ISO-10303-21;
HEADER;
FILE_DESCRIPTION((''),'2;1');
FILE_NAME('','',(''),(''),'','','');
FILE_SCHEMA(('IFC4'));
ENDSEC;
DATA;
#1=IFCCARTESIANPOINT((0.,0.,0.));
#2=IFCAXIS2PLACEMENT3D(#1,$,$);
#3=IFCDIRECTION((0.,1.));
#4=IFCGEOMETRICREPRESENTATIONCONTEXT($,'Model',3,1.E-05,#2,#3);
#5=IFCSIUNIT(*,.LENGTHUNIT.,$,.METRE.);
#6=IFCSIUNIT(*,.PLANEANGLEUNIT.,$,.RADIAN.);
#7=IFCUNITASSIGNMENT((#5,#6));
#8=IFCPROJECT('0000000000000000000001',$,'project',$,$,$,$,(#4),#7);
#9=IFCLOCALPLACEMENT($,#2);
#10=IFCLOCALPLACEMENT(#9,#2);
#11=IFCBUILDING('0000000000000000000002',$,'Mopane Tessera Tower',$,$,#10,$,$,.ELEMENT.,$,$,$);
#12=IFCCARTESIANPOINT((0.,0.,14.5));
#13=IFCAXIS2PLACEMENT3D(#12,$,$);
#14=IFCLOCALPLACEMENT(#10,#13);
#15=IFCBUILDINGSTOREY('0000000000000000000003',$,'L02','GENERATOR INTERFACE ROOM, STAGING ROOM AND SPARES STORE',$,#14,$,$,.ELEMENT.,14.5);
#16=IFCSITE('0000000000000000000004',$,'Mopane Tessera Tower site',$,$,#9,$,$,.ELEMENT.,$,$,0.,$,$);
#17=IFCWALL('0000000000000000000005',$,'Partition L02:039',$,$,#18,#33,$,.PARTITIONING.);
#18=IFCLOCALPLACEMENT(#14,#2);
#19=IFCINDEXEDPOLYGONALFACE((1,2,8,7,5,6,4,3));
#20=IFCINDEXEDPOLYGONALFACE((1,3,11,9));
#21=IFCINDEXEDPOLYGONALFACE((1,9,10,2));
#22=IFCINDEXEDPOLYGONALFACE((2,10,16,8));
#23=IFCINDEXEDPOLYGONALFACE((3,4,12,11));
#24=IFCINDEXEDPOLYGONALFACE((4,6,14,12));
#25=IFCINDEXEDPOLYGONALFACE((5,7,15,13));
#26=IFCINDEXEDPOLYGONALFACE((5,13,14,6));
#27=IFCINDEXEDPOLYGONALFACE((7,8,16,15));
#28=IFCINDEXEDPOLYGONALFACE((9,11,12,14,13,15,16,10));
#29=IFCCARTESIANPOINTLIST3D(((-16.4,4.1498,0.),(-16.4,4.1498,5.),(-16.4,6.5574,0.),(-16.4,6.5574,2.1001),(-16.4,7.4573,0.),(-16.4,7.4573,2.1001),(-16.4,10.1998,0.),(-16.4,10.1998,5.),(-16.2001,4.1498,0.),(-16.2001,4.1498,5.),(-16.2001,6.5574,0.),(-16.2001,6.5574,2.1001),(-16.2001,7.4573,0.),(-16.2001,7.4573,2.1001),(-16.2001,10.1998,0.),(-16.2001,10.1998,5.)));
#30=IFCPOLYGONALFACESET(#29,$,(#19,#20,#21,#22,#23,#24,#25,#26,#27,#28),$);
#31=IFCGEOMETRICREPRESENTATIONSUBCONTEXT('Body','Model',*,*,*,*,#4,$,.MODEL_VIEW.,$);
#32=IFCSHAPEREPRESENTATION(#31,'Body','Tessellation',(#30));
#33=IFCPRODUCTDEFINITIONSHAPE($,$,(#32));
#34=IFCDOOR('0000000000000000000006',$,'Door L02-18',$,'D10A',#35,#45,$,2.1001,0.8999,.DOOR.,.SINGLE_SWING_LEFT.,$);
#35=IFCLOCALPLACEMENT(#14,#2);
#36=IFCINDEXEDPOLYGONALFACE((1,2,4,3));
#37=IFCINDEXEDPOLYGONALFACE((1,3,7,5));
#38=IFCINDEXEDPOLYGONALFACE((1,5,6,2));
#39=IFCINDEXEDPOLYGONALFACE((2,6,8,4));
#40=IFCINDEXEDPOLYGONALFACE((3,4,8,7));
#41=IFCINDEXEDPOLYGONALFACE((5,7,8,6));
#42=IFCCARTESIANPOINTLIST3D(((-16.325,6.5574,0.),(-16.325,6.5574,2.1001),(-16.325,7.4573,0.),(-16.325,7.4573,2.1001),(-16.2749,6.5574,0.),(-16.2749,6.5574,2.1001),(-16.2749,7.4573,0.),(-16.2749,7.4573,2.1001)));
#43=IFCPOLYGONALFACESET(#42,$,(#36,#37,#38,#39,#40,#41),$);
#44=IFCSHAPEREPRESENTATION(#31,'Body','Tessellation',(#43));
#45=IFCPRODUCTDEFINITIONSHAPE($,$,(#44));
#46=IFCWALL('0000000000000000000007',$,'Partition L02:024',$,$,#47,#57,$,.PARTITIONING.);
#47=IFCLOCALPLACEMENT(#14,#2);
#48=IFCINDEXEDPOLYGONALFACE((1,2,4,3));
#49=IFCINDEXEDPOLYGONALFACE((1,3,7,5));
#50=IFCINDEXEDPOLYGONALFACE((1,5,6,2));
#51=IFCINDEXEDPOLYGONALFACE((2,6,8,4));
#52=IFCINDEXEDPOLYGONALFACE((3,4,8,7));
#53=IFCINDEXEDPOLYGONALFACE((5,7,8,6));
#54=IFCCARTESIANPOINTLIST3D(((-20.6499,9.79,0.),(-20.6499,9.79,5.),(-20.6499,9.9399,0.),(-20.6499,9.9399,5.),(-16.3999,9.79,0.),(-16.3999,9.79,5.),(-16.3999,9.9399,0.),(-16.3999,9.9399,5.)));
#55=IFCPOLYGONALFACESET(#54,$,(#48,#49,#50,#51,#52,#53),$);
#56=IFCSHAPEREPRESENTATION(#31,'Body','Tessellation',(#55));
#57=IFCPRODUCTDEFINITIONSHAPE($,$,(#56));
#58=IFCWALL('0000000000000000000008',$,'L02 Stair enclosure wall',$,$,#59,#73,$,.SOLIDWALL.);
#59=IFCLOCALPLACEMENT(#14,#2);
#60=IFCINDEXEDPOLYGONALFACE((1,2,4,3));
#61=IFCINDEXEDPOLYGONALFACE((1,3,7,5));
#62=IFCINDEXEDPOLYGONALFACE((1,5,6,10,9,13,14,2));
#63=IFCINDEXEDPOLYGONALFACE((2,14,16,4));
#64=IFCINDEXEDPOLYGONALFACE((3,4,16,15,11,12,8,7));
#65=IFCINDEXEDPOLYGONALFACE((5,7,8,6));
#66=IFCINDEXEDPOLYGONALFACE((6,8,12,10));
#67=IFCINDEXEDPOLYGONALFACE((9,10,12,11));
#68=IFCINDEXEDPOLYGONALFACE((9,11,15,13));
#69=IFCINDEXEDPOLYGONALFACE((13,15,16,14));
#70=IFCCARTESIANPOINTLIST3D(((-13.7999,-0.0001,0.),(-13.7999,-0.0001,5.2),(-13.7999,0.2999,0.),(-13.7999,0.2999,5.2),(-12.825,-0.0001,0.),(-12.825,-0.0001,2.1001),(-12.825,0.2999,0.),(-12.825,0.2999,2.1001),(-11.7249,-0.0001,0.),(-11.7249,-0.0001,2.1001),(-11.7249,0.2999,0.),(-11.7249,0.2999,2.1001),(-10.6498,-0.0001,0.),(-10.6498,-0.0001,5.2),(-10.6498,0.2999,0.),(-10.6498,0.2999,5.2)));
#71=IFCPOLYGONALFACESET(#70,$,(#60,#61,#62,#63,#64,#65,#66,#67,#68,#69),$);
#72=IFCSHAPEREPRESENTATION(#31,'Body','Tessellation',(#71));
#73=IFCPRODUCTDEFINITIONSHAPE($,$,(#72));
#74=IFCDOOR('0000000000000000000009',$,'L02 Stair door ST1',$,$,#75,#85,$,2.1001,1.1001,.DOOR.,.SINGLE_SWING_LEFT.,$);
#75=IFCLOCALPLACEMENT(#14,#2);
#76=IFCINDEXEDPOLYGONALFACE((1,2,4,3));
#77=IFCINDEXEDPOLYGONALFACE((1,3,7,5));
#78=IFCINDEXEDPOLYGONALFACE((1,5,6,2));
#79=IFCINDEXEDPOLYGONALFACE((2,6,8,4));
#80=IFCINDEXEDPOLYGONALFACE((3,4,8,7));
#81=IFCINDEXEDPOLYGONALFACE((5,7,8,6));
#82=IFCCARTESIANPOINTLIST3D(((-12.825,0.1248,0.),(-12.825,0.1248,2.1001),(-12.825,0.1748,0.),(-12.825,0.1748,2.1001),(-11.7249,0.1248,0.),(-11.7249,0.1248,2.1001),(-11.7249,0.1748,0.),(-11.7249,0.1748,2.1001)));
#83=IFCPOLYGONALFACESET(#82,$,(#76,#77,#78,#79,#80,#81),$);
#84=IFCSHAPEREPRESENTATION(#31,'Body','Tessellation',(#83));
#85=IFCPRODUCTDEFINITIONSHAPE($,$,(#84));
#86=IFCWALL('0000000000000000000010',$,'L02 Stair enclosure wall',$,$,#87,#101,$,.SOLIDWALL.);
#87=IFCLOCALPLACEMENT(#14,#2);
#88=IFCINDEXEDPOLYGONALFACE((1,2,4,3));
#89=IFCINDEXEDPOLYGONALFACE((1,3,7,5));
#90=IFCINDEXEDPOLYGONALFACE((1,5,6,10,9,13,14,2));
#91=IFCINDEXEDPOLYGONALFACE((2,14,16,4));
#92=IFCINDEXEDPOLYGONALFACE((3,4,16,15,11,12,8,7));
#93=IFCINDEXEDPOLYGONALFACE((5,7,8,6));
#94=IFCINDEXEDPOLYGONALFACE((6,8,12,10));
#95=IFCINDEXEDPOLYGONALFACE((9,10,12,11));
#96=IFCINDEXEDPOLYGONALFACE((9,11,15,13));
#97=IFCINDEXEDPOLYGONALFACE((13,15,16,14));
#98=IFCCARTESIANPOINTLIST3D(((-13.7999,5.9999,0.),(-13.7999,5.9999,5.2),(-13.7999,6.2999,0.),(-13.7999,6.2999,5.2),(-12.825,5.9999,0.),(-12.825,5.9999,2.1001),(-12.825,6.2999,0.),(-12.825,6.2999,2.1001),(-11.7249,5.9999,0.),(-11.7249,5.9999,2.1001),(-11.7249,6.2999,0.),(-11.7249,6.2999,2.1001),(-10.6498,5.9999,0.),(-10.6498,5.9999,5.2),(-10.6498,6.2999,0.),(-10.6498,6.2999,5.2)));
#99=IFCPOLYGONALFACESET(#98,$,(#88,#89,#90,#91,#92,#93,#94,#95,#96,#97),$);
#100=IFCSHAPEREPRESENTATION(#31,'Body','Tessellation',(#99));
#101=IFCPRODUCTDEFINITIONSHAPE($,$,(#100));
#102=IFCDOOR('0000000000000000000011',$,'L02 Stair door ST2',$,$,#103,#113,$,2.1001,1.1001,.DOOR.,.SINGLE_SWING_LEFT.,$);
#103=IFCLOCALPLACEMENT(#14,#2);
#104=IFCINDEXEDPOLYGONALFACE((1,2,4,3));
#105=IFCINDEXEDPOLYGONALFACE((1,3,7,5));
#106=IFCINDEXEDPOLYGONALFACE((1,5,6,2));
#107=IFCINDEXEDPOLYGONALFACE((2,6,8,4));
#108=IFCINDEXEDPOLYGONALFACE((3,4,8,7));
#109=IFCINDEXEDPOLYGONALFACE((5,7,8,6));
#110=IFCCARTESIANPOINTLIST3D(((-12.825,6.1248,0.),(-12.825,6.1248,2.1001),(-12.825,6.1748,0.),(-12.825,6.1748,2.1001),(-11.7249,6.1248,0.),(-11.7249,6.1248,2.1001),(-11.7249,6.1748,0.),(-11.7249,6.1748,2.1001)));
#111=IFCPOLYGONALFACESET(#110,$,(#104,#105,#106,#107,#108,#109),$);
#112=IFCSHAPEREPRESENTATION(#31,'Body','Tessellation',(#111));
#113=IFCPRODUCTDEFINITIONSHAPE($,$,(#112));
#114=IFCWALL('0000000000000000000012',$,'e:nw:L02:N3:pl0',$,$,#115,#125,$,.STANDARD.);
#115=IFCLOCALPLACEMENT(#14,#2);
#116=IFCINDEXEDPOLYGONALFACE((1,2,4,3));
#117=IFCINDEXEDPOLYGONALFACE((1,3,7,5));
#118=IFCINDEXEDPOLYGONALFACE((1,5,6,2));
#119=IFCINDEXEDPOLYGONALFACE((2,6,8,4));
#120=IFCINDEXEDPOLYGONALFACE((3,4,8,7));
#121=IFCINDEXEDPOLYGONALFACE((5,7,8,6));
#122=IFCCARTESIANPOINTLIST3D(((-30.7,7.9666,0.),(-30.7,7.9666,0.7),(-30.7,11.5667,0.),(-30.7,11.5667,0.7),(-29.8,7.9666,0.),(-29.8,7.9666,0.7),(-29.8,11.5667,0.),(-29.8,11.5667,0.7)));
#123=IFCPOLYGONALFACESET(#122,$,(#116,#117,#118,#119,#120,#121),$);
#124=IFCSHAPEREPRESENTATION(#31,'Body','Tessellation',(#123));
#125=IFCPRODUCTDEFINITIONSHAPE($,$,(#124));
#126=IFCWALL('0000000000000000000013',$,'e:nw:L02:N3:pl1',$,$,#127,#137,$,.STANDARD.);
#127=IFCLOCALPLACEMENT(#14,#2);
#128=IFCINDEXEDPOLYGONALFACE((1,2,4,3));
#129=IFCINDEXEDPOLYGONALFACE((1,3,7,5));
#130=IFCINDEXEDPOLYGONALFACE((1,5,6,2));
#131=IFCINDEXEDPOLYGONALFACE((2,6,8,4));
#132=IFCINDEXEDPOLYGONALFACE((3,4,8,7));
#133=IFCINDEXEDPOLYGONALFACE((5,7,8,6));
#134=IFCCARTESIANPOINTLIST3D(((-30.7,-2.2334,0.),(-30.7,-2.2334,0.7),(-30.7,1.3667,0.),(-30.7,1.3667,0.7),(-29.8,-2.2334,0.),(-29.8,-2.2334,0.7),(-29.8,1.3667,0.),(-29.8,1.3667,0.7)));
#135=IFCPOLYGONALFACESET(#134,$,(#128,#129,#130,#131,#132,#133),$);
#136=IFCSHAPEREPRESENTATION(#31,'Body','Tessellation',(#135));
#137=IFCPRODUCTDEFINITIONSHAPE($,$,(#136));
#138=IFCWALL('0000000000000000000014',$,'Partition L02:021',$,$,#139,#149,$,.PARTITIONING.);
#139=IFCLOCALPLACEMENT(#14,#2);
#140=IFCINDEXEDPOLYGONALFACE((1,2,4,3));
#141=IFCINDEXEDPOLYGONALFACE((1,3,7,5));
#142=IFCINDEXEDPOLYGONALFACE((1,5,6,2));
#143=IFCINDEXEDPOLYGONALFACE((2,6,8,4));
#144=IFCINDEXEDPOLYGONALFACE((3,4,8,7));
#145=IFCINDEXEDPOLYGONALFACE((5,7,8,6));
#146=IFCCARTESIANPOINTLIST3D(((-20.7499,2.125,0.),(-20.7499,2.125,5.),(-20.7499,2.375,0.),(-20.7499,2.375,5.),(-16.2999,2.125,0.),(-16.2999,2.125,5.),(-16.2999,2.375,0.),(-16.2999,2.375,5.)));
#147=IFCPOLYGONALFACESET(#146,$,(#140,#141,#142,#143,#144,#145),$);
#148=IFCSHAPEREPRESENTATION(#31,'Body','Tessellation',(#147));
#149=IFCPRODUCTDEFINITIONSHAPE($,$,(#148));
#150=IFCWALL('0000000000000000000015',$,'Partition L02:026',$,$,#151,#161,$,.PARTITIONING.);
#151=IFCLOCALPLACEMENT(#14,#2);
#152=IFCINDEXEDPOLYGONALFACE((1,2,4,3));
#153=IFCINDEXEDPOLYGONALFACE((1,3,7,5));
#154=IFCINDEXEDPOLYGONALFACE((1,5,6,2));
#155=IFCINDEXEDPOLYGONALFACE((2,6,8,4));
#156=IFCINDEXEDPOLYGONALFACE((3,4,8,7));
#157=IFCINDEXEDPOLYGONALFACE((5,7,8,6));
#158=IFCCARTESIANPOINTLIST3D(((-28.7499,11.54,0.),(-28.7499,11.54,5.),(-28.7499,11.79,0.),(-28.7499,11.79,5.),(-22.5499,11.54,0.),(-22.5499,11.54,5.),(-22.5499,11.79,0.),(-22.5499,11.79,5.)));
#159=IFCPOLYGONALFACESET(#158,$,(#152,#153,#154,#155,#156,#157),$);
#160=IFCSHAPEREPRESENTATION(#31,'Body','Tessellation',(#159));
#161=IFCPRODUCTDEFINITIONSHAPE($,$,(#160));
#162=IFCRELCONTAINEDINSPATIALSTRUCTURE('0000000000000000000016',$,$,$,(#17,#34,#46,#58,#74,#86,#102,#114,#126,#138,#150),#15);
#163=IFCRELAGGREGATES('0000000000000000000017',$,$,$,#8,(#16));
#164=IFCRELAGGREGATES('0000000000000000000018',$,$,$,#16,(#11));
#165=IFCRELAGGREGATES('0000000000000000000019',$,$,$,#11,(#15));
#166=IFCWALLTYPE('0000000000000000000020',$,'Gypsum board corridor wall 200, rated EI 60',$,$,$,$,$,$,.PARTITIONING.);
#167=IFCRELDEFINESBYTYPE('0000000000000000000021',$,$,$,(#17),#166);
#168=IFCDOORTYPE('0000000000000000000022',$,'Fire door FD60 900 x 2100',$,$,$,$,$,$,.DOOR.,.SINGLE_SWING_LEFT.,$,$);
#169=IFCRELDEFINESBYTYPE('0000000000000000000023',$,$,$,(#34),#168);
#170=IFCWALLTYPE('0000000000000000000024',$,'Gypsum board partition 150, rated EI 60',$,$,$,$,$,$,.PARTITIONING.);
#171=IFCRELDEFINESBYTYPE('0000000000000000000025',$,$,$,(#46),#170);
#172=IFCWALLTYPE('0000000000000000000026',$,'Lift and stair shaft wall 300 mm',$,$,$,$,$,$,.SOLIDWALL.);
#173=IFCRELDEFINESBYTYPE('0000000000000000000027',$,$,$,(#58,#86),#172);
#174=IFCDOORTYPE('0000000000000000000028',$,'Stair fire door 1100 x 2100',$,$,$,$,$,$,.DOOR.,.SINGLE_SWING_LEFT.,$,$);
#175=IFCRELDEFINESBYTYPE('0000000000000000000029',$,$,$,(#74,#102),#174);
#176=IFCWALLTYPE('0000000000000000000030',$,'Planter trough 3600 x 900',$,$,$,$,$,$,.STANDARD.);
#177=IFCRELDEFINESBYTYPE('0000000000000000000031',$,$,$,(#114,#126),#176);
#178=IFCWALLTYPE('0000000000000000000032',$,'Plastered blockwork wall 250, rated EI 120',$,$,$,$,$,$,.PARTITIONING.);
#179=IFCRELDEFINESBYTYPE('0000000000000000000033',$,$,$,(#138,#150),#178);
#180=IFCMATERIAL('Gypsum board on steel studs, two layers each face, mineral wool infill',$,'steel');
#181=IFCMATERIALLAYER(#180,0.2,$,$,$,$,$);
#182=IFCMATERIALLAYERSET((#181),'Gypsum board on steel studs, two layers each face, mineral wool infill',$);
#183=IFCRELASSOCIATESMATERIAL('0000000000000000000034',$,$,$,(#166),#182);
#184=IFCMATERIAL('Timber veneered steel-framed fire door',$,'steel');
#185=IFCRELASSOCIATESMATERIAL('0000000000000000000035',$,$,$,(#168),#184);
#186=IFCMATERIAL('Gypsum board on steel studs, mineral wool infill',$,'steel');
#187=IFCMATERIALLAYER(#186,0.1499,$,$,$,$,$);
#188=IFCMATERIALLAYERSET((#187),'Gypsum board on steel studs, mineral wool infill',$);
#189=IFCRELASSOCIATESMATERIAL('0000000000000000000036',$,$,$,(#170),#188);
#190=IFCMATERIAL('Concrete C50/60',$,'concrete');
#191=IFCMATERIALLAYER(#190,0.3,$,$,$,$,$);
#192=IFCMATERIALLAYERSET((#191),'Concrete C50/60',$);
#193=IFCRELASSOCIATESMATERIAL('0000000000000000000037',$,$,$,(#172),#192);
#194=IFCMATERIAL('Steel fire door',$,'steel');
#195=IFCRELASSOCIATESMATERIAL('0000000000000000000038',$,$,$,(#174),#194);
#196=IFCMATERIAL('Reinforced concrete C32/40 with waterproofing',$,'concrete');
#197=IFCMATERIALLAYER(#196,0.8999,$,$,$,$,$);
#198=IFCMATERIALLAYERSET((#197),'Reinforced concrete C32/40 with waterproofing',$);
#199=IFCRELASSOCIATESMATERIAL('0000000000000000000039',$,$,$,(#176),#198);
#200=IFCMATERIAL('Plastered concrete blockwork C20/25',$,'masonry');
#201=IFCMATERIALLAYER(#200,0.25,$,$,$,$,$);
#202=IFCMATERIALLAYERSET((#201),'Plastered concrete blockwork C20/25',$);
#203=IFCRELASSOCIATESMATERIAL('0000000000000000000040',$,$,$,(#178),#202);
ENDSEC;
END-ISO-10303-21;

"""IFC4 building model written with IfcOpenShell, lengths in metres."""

from ifc_helpers import new_model, si_unit, direction, frame, frame_2d, origin, place, context, subcontext, project, spatial, rectangle, extrude, material, layer, layer_set, type_object, element, fill, save


model = new_model("IFC4")

# Units and contexts
model_context = context("Model", 3, precision=1e-05, world=origin(), true_north=direction((0.0, 1.0)))
body_context = subcontext(model_context, "Body", "Model", "MODEL_VIEW")
ifc_project = project(units=[si_unit("LENGTHUNIT", "METRE"), si_unit("PLANEANGLEUNIT", "RADIAN")], contexts=[model_context])

# Site, building, storey
site_placement = place(None, origin())
site = spatial("IfcSite", under=ifc_project, at=site_placement, Name="Mopane Tessera Tower site", CompositionType="ELEMENT", RefElevation=0.0)
building_placement = place(site_placement, origin())
building = spatial("IfcBuilding", under=site, at=building_placement, Name="Mopane Tessera Tower", CompositionType="ELEMENT")
storey_placement = place(building_placement, frame((0.0, 0.0, 14.5)))
storey = spatial("IfcBuildingStorey", under=building, at=storey_placement, Name="L02", Description="GENERATOR INTERFACE ROOM, STAGING ROOM AND SPARES STORE", CompositionType="ELEMENT", Elevation=14.5)

# Shared definitions
ifc_material_1 = material(Name="Gypsum board on steel studs, two layers each face, mineral wool infill", Category="steel")
ifc_layer_1 = layer(ifc_material_1, 0.2)
ifc_layer_set_1 = layer_set([ifc_layer_1], Name="Gypsum board on steel studs, two layers each face, mineral wool infill")
wall_type_1 = type_object("IfcWallType", Name="Gypsum board corridor wall 200, rated EI 60", PredefinedType="PARTITIONING", material=ifc_layer_set_1)

# Wall, opening, door
wall_1_placement = place(storey_placement, frame((-16.3, 4.1499, 0.0), z_axis=(0.0, 0.0, 1.0), x_axis=(0.0, 1.0, 0.0)))
wall_1 = element("IfcWall", 1, at=wall_1_placement, inside=storey, type_object=wall_type_1, Name="Partition L02:039", PredefinedType="PARTITIONING", context=body_context, shape_type="SweptSolid", body=[
    extrude(rectangle(XDim=6.05, YDim=0.2, at=frame_2d((3.0249, 0.0))), origin(), (0.0, 0.0, 1.0), 5.0),
])
opening_1_placement = place(wall_1_placement, frame((2.4075, 0.0, 0.0)))
opening_1 = element("IfcOpeningElement", 2, at=opening_1_placement, cuts=wall_1, PredefinedType="OPENING", context=body_context, shape_type="SweptSolid", body=[
    extrude(rectangle(XDim=0.8999, YDim=2.1001, at=frame_2d((0.45, 1.05))), frame((0.0, 0.1121, 0.0), z_axis=(0.0, -1.0, 0.0), x_axis=(1.0, 0.0, 0.0)), (0.0, 0.0, 1.0), 0.2239),
])
ifc_material_2 = material(Name="Timber veneered steel-framed fire door", Category="steel")
door_type_1 = type_object("IfcDoorType", Name="Fire door FD60 900 x 2100", OperationType="SINGLE_SWING_LEFT", PredefinedType="DOOR", material=ifc_material_2)
door_1_placement = place(opening_1_placement, origin())
door_1 = element("IfcDoor", 3, at=door_1_placement, inside=storey, type_object=door_type_1, Name="Door L02-18", ObjectType="D10A", OperationType="SINGLE_SWING_LEFT", OverallHeight=2.1001, OverallWidth=0.8999, PredefinedType="DOOR", context=body_context, shape_type="SweptSolid", body=[
    extrude(rectangle(XDim=0.8999, YDim=2.1001, at=frame_2d((0.45, 1.05))), frame((0.0, 0.0249, 0.0), z_axis=(0.0, -1.0, 0.0), x_axis=(1.0, 0.0, 0.0)), (0.0, 0.0, 1.0), 0.05),
])
fill(opening_1, door_1)

# Wall
ifc_material_3 = material(Name="Gypsum board on steel studs, mineral wool infill", Category="steel")
ifc_layer_2 = layer(ifc_material_3, 0.1499)
ifc_layer_set_2 = layer_set([ifc_layer_2], Name="Gypsum board on steel studs, mineral wool infill")
wall_type_2 = type_object("IfcWallType", Name="Gypsum board partition 150, rated EI 60", PredefinedType="PARTITIONING", material=ifc_layer_set_2)
wall_2_placement = place(storey_placement, frame((-20.6499, 9.865, 0.0), z_axis=(0.0, 0.0, 1.0), x_axis=(1.0, 0.0, 0.0)))
element("IfcWall", 4, at=wall_2_placement, inside=storey, type_object=wall_type_2, Name="Partition L02:024", PredefinedType="PARTITIONING", context=body_context, shape_type="SweptSolid", body=[
    extrude(rectangle(XDim=4.25, YDim=0.1499, at=frame_2d((2.125, 0.0))), origin(), (0.0, 0.0, 1.0), 5.0),
])

# Walls, openings, doors
ifc_material_4 = material(Name="Concrete C50/60", Category="concrete")
ifc_layer_3 = layer(ifc_material_4, 0.3)
ifc_layer_set_3 = layer_set([ifc_layer_3], Name="Concrete C50/60")
wall_type_3 = type_object("IfcWallType", Name="Lift and stair shaft wall 300 mm", PredefinedType="SOLIDWALL", material=ifc_layer_set_3)
wall_3_placement = place(storey_placement, frame((-13.8, 0.1499, 0.0), z_axis=(0.0, 0.0, 1.0), x_axis=(1.0, 0.0, 0.0)))
wall_3 = element("IfcWall", 5, at=wall_3_placement, inside=storey, type_object=wall_type_3, Name="L02 Stair enclosure wall", PredefinedType="SOLIDWALL", context=body_context, shape_type="SweptSolid", body=[
    extrude(rectangle(XDim=3.1501, YDim=0.3, at=frame_2d((1.5752, 0.0))), origin(), (0.0, 0.0, 1.0), 5.2),
])
opening_2_placement = place(wall_3_placement, frame((0.9751, 0.0, 0.0)))
opening_2 = element("IfcOpeningElement", 6, at=opening_2_placement, cuts=wall_3, PredefinedType="OPENING", context=body_context, shape_type="SweptSolid", body=[
    extrude(rectangle(XDim=1.1001, YDim=2.1001, at=frame_2d((0.55, 1.05))), frame((0.0, 0.1621, 0.0), z_axis=(0.0, -1.0, 0.0), x_axis=(1.0, 0.0, 0.0)), (0.0, 0.0, 1.0), 0.324),
])
ifc_material_5 = material(Name="Steel fire door", Category="steel")
door_type_2 = type_object("IfcDoorType", Name="Stair fire door 1100 x 2100", OperationType="SINGLE_SWING_LEFT", PredefinedType="DOOR", material=ifc_material_5)
door_2_placement = place(opening_2_placement, origin())
door_2 = element("IfcDoor", 7, at=door_2_placement, inside=storey, type_object=door_type_2, Name="L02 Stair door ST1", OperationType="SINGLE_SWING_LEFT", OverallHeight=2.1001, OverallWidth=1.1001, PredefinedType="DOOR", context=body_context, shape_type="SweptSolid", body=[
    extrude(rectangle(XDim=1.1001, YDim=2.1001, at=frame_2d((0.55, 1.05))), frame((0.0, 0.0249, 0.0), z_axis=(0.0, -1.0, 0.0), x_axis=(1.0, 0.0, 0.0)), (0.0, 0.0, 1.0), 0.05),
])
fill(opening_2, door_2)
wall_4_placement = place(storey_placement, frame((-13.8, 6.1499, 0.0), z_axis=(0.0, 0.0, 1.0), x_axis=(1.0, 0.0, 0.0)))
wall_4 = element("IfcWall", 8, at=wall_4_placement, inside=storey, type_object=wall_type_3, Name="L02 Stair enclosure wall", PredefinedType="SOLIDWALL", context=body_context, shape_type="SweptSolid", body=[
    extrude(rectangle(XDim=3.1501, YDim=0.3, at=frame_2d((1.5752, 0.0))), origin(), (0.0, 0.0, 1.0), 5.2),
])
opening_3_placement = place(wall_4_placement, frame((0.9751, 0.0, 0.0)))
opening_3 = element("IfcOpeningElement", 9, at=opening_3_placement, cuts=wall_4, PredefinedType="OPENING", context=body_context, shape_type="SweptSolid", body=[
    extrude(rectangle(XDim=1.1001, YDim=2.1001, at=frame_2d((0.55, 1.05))), frame((0.0, 0.1621, 0.0), z_axis=(0.0, -1.0, 0.0), x_axis=(1.0, 0.0, 0.0)), (0.0, 0.0, 1.0), 0.324),
])
door_3_placement = place(opening_3_placement, origin())
door_3 = element("IfcDoor", 10, at=door_3_placement, inside=storey, type_object=door_type_2, Name="L02 Stair door ST2", OperationType="SINGLE_SWING_LEFT", OverallHeight=2.1001, OverallWidth=1.1001, PredefinedType="DOOR", context=body_context, shape_type="SweptSolid", body=[
    extrude(rectangle(XDim=1.1001, YDim=2.1001, at=frame_2d((0.55, 1.05))), frame((0.0, 0.0249, 0.0), z_axis=(0.0, -1.0, 0.0), x_axis=(1.0, 0.0, 0.0)), (0.0, 0.0, 1.0), 0.05),
])
fill(opening_3, door_3)

# Walls
ifc_material_6 = material(Name="Reinforced concrete C32/40 with waterproofing", Category="concrete")
ifc_layer_4 = layer(ifc_material_6, 0.8999)
ifc_layer_set_4 = layer_set([ifc_layer_4], Name="Reinforced concrete C32/40 with waterproofing")
wall_type_4 = type_object("IfcWallType", Name="Planter trough 3600 x 900", PredefinedType="STANDARD", material=ifc_layer_set_4)
for number, where, z_axis, x_axis, name in (
    (11, (-30.25, 11.5667, 0.0), (0.0, 0.0, 1.0), (0.0, -1.0, 0.0), "e:nw:L02:N3:pl0"),
    (12, (-30.25, 1.3667, 0.0), (0.0, 0.0, 1.0), (0.0, -1.0, 0.0), "e:nw:L02:N3:pl1"),
):
    element("IfcWall", number, at=place(storey_placement, frame(where, z_axis=z_axis, x_axis=x_axis)), inside=storey, type_object=wall_type_4, Name=name, PredefinedType="STANDARD", context=body_context, shape_type="SweptSolid", body=[
        extrude(rectangle(XDim=3.6001, YDim=0.8999, at=frame_2d((1.8, 0.0))), origin(), (0.0, 0.0, 1.0), 0.7),
    ])
ifc_material_7 = material(Name="Plastered concrete blockwork C20/25", Category="masonry")
ifc_layer_5 = layer(ifc_material_7, 0.25)
ifc_layer_set_5 = layer_set([ifc_layer_5], Name="Plastered concrete blockwork C20/25")
wall_type_5 = type_object("IfcWallType", Name="Plastered blockwork wall 250, rated EI 120", PredefinedType="PARTITIONING", material=ifc_layer_set_5)
wall_5_placement = place(storey_placement, frame((-20.75, 2.25, 0.0), z_axis=(0.0, 0.0, 1.0), x_axis=(1.0, 0.0, 0.0)))
element("IfcWall", 13, at=wall_5_placement, inside=storey, type_object=wall_type_5, Name="Partition L02:021", PredefinedType="PARTITIONING", context=body_context, shape_type="SweptSolid", body=[
    extrude(rectangle(XDim=4.45, YDim=0.25, at=frame_2d((2.2251, 0.0))), origin(), (0.0, 0.0, 1.0), 5.0),
])
wall_6_placement = place(storey_placement, frame((-28.75, 11.665, 0.0), z_axis=(0.0, 0.0, 1.0), x_axis=(1.0, 0.0, 0.0)))
element("IfcWall", 14, at=wall_6_placement, inside=storey, type_object=wall_type_5, Name="Partition L02:026", PredefinedType="PARTITIONING", context=body_context, shape_type="SweptSolid", body=[
    extrude(rectangle(XDim=6.2, YDim=0.25, at=frame_2d((3.1001, 0.0))), origin(), (0.0, 0.0, 1.0), 5.0),
])

save(model, "model.ifc")
